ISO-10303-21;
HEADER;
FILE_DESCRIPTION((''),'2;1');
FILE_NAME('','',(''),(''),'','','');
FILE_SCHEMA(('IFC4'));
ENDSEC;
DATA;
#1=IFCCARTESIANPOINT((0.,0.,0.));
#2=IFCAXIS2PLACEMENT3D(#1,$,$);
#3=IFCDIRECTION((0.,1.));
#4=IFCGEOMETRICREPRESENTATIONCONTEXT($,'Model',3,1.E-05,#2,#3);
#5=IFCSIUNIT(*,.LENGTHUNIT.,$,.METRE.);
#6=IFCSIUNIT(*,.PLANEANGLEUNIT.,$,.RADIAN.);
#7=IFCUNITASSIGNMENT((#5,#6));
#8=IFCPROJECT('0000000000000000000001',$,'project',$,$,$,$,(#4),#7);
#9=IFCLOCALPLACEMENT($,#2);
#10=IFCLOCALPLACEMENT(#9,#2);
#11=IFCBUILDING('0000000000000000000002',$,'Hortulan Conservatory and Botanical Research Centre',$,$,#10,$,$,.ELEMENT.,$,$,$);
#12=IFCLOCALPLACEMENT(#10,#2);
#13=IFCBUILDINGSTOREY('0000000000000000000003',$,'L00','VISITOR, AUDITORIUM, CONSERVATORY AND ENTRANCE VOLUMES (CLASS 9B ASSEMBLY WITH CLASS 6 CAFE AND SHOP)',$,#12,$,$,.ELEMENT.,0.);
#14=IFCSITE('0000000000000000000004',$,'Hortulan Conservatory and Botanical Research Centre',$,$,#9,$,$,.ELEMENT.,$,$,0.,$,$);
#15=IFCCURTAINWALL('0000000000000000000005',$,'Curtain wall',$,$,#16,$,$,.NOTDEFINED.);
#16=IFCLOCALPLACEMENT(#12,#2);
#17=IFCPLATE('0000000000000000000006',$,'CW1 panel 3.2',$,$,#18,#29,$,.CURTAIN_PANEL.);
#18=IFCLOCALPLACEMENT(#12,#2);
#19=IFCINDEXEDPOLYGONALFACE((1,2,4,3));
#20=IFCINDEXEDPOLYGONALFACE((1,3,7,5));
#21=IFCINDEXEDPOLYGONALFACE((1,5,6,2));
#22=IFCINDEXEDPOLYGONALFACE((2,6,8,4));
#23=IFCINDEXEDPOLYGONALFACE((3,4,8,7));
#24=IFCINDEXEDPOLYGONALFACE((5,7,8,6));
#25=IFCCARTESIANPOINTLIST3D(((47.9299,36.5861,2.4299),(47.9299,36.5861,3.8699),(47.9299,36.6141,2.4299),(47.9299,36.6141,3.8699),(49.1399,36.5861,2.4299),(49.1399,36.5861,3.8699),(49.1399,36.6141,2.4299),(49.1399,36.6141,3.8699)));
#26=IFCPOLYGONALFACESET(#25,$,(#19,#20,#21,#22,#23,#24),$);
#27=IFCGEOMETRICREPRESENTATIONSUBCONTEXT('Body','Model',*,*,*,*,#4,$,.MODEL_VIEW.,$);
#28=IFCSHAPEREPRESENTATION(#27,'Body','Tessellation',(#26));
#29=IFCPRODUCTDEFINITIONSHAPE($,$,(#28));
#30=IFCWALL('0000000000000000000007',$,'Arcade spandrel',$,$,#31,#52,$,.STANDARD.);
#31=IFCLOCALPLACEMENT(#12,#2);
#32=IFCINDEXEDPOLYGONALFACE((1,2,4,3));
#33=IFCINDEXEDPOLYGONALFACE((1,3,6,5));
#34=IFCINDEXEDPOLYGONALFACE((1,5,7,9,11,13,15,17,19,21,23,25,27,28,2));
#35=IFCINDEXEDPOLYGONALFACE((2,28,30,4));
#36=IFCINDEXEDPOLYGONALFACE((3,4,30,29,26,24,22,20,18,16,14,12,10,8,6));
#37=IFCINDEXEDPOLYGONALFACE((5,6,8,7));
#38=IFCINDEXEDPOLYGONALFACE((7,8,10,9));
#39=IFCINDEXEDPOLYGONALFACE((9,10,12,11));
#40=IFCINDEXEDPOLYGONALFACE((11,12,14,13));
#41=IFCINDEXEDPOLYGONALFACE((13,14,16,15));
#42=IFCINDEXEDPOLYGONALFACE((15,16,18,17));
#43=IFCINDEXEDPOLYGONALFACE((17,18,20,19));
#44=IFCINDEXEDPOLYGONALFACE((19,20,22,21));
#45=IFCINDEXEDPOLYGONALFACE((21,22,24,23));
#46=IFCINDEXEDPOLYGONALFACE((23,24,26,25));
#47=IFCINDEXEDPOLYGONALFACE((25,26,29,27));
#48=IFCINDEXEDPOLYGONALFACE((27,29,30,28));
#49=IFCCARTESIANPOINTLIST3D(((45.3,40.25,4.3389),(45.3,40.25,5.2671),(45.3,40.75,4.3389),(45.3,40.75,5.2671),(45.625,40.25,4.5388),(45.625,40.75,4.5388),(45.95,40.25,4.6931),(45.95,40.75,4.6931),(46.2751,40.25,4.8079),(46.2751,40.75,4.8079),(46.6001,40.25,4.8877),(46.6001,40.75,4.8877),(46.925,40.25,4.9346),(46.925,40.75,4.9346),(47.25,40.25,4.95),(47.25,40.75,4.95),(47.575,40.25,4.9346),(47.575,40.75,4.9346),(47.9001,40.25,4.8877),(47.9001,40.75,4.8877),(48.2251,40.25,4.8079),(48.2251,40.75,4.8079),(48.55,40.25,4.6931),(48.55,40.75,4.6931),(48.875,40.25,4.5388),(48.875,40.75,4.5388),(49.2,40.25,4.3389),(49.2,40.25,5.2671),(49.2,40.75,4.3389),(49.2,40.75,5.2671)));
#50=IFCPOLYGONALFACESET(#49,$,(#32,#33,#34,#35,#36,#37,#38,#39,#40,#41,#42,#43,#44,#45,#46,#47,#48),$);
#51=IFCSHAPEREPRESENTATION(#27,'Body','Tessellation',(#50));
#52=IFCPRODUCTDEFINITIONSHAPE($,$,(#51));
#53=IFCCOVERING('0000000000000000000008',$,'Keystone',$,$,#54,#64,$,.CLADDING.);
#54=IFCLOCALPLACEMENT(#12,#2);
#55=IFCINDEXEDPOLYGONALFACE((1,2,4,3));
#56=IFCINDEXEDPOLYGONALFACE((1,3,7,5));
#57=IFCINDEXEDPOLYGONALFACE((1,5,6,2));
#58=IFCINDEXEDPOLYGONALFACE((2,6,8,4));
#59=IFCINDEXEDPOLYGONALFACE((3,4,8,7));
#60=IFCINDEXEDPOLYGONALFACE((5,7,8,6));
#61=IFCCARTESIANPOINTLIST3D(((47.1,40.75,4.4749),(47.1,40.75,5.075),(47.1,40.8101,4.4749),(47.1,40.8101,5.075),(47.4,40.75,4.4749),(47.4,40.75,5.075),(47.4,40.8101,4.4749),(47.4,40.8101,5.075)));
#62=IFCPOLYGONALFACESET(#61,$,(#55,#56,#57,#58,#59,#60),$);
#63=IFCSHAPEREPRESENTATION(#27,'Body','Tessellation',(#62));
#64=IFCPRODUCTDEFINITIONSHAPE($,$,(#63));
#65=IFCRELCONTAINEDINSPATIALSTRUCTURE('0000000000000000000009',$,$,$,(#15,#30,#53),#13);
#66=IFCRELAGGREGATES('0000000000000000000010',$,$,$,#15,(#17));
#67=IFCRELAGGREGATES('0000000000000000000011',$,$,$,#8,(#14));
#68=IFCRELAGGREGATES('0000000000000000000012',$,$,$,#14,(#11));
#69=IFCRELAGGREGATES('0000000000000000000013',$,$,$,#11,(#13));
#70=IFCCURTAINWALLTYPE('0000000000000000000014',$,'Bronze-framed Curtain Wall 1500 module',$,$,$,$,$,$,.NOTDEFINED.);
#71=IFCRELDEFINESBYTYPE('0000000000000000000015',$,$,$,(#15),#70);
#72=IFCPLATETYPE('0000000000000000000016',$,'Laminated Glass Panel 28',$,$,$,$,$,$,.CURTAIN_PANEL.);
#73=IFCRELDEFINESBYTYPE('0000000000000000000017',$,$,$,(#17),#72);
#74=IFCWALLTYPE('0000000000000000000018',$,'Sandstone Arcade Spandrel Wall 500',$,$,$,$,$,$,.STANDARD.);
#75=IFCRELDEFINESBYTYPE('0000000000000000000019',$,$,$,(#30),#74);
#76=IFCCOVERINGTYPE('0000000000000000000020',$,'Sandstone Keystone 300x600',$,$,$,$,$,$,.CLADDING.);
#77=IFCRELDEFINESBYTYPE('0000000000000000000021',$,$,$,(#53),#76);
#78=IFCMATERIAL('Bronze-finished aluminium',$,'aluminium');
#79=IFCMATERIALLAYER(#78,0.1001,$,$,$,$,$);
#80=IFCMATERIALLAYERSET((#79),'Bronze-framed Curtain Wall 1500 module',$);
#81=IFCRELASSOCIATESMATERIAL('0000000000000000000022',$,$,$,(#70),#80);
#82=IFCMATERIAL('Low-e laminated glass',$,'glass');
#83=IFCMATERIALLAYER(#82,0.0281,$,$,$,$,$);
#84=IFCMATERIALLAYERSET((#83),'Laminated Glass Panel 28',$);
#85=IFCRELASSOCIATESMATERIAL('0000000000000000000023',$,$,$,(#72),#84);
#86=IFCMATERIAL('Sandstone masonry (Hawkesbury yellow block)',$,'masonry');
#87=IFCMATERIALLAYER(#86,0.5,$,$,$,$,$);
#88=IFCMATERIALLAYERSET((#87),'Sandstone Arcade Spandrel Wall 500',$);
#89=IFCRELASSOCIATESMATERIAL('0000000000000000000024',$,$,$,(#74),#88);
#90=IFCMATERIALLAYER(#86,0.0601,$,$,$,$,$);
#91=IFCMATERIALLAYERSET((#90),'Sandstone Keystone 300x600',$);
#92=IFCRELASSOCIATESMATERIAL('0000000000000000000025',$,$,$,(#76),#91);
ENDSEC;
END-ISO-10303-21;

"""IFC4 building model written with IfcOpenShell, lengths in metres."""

from ifc_helpers import new_model, si_unit, direction, frame, origin, origin_2d, place, context, subcontext, project, spatial, polyline, rectangle, outline, extrude, material, layer, layer_set, type_object, element, aggregate, save


model = new_model("IFC4")

# Units and contexts
model_context = context("Model", 3, precision=1e-05, world=origin(), true_north=direction((0.0, 1.0)))
body_context = subcontext(model_context, "Body", "Model", "MODEL_VIEW")
ifc_project = project(units=[si_unit("LENGTHUNIT", "METRE"), si_unit("PLANEANGLEUNIT", "RADIAN")], contexts=[model_context])

# Site, building, storey
site_placement = place(None, origin())
site = spatial("IfcSite", under=ifc_project, at=site_placement, Name="Hortulan Conservatory and Botanical Research Centre", CompositionType="ELEMENT", RefElevation=0.0)
building_placement = place(site_placement, origin())
building = spatial("IfcBuilding", under=site, at=building_placement, Name="Hortulan Conservatory and Botanical Research Centre", CompositionType="ELEMENT")
storey_placement = place(building_placement, origin())
storey = spatial("IfcBuildingStorey", under=building, at=storey_placement, Name="L00", Description="VISITOR, AUDITORIUM, CONSERVATORY AND ENTRANCE VOLUMES (CLASS 9B ASSEMBLY WITH CLASS 6 CAFE AND SHOP)", CompositionType="ELEMENT", Elevation=0.0)

# Curtain wall
ifc_material_1 = material(Name="Bronze-finished aluminium", Category="aluminium")
ifc_layer_1 = layer(ifc_material_1, 0.1001)
ifc_layer_set_1 = layer_set([ifc_layer_1], Name="Bronze-framed Curtain Wall 1500 module")
curtain_wall_type = type_object("IfcCurtainWallType", Name="Bronze-framed Curtain Wall 1500 module", PredefinedType="NOTDEFINED", material=ifc_layer_set_1)
curtain_wall_placement = place(storey_placement, origin())
curtain_wall = element("IfcCurtainWall", 1, at=curtain_wall_placement, inside=storey, type_object=curtain_wall_type, Name="Curtain wall", PredefinedType="NOTDEFINED")

# Shared definitions
ifc_material_2 = material(Name="Sandstone masonry (Hawkesbury yellow block)", Category="masonry")

# Plate
ifc_material_3 = material(Name="Low-e laminated glass", Category="glass")
ifc_layer_2 = layer(ifc_material_3, 0.0281)
ifc_layer_set_2 = layer_set([ifc_layer_2], Name="Laminated Glass Panel 28")
plate_type = type_object("IfcPlateType", Name="Laminated Glass Panel 28", PredefinedType="CURTAIN_PANEL", material=ifc_layer_set_2)
plate_1_placement = place(storey_placement, frame((48.5349, 36.6001, 2.4299), z_axis=(0.0, 0.0, 1.0), x_axis=(1.0, 0.0, 0.0)))
plate_1 = element("IfcPlate", 2, at=plate_1_placement, type_object=plate_type, Name="CW1 panel 3.2", PredefinedType="CURTAIN_PANEL", context=body_context, shape_type="SweptSolid", body=[
    extrude(rectangle(XDim=1.21, YDim=0.0281, at=origin_2d()), origin(), (0.0, 0.0, 1.0), 1.4399),
])
aggregate(curtain_wall, [plate_1])

# Wall
ifc_layer_3 = layer(ifc_material_2, 0.5)
ifc_layer_set_3 = layer_set([ifc_layer_3], Name="Sandstone Arcade Spandrel Wall 500")
wall_type = type_object("IfcWallType", Name="Sandstone Arcade Spandrel Wall 500", PredefinedType="STANDARD", material=ifc_layer_set_3)
wall_placement = place(storey_placement, frame((45.3, 40.5, 4.3389), z_axis=(0.0, 0.0, 1.0), x_axis=(1.0, 0.0, 0.0)))
element("IfcWall", 3, at=wall_placement, inside=storey, type_object=wall_type, Name="Arcade spandrel", PredefinedType="STANDARD", context=body_context, shape_type="SweptSolid", body=[
    extrude(outline(polyline([(0.0, 0.0), (0.325, 0.2), (0.6499, 0.3542), (0.9751, 0.469), (1.3, 0.5488), (1.625, 0.5957), (1.95, 0.6111), (2.2749, 0.5957), (2.6001, 0.5488), (2.925, 0.469), (3.25, 0.3542), (3.575, 0.2), (3.8999, 0.0), (3.8999, 0.9282), (0.0, 0.9282), (0.0, 0.0)])), frame((0.0, 0.25, 0.0), z_axis=(0.0, -1.0, 0.0), x_axis=(1.0, 0.0, 0.0)), (0.0, 0.0, 1.0), 0.5),
])

# Covering
ifc_layer_4 = layer(ifc_material_2, 0.0601)
ifc_layer_set_4 = layer_set([ifc_layer_4], Name="Sandstone Keystone 300x600")
covering_type = type_object("IfcCoveringType", Name="Sandstone Keystone 300x600", PredefinedType="CLADDING", material=ifc_layer_set_4)
covering_placement = place(storey_placement, frame((47.25, 40.78, 4.4749), z_axis=(0.0, 0.0, 1.0), x_axis=(1.0, 0.0, 0.0)))
element("IfcCovering", 4, at=covering_placement, inside=storey, type_object=covering_type, Name="Keystone", PredefinedType="CLADDING", context=body_context, shape_type="SweptSolid", body=[
    extrude(rectangle(XDim=0.3, YDim=0.0601, at=origin_2d()), origin(), (0.0, 0.0, 1.0), 0.6001),
])

save(model, "model.ifc")
